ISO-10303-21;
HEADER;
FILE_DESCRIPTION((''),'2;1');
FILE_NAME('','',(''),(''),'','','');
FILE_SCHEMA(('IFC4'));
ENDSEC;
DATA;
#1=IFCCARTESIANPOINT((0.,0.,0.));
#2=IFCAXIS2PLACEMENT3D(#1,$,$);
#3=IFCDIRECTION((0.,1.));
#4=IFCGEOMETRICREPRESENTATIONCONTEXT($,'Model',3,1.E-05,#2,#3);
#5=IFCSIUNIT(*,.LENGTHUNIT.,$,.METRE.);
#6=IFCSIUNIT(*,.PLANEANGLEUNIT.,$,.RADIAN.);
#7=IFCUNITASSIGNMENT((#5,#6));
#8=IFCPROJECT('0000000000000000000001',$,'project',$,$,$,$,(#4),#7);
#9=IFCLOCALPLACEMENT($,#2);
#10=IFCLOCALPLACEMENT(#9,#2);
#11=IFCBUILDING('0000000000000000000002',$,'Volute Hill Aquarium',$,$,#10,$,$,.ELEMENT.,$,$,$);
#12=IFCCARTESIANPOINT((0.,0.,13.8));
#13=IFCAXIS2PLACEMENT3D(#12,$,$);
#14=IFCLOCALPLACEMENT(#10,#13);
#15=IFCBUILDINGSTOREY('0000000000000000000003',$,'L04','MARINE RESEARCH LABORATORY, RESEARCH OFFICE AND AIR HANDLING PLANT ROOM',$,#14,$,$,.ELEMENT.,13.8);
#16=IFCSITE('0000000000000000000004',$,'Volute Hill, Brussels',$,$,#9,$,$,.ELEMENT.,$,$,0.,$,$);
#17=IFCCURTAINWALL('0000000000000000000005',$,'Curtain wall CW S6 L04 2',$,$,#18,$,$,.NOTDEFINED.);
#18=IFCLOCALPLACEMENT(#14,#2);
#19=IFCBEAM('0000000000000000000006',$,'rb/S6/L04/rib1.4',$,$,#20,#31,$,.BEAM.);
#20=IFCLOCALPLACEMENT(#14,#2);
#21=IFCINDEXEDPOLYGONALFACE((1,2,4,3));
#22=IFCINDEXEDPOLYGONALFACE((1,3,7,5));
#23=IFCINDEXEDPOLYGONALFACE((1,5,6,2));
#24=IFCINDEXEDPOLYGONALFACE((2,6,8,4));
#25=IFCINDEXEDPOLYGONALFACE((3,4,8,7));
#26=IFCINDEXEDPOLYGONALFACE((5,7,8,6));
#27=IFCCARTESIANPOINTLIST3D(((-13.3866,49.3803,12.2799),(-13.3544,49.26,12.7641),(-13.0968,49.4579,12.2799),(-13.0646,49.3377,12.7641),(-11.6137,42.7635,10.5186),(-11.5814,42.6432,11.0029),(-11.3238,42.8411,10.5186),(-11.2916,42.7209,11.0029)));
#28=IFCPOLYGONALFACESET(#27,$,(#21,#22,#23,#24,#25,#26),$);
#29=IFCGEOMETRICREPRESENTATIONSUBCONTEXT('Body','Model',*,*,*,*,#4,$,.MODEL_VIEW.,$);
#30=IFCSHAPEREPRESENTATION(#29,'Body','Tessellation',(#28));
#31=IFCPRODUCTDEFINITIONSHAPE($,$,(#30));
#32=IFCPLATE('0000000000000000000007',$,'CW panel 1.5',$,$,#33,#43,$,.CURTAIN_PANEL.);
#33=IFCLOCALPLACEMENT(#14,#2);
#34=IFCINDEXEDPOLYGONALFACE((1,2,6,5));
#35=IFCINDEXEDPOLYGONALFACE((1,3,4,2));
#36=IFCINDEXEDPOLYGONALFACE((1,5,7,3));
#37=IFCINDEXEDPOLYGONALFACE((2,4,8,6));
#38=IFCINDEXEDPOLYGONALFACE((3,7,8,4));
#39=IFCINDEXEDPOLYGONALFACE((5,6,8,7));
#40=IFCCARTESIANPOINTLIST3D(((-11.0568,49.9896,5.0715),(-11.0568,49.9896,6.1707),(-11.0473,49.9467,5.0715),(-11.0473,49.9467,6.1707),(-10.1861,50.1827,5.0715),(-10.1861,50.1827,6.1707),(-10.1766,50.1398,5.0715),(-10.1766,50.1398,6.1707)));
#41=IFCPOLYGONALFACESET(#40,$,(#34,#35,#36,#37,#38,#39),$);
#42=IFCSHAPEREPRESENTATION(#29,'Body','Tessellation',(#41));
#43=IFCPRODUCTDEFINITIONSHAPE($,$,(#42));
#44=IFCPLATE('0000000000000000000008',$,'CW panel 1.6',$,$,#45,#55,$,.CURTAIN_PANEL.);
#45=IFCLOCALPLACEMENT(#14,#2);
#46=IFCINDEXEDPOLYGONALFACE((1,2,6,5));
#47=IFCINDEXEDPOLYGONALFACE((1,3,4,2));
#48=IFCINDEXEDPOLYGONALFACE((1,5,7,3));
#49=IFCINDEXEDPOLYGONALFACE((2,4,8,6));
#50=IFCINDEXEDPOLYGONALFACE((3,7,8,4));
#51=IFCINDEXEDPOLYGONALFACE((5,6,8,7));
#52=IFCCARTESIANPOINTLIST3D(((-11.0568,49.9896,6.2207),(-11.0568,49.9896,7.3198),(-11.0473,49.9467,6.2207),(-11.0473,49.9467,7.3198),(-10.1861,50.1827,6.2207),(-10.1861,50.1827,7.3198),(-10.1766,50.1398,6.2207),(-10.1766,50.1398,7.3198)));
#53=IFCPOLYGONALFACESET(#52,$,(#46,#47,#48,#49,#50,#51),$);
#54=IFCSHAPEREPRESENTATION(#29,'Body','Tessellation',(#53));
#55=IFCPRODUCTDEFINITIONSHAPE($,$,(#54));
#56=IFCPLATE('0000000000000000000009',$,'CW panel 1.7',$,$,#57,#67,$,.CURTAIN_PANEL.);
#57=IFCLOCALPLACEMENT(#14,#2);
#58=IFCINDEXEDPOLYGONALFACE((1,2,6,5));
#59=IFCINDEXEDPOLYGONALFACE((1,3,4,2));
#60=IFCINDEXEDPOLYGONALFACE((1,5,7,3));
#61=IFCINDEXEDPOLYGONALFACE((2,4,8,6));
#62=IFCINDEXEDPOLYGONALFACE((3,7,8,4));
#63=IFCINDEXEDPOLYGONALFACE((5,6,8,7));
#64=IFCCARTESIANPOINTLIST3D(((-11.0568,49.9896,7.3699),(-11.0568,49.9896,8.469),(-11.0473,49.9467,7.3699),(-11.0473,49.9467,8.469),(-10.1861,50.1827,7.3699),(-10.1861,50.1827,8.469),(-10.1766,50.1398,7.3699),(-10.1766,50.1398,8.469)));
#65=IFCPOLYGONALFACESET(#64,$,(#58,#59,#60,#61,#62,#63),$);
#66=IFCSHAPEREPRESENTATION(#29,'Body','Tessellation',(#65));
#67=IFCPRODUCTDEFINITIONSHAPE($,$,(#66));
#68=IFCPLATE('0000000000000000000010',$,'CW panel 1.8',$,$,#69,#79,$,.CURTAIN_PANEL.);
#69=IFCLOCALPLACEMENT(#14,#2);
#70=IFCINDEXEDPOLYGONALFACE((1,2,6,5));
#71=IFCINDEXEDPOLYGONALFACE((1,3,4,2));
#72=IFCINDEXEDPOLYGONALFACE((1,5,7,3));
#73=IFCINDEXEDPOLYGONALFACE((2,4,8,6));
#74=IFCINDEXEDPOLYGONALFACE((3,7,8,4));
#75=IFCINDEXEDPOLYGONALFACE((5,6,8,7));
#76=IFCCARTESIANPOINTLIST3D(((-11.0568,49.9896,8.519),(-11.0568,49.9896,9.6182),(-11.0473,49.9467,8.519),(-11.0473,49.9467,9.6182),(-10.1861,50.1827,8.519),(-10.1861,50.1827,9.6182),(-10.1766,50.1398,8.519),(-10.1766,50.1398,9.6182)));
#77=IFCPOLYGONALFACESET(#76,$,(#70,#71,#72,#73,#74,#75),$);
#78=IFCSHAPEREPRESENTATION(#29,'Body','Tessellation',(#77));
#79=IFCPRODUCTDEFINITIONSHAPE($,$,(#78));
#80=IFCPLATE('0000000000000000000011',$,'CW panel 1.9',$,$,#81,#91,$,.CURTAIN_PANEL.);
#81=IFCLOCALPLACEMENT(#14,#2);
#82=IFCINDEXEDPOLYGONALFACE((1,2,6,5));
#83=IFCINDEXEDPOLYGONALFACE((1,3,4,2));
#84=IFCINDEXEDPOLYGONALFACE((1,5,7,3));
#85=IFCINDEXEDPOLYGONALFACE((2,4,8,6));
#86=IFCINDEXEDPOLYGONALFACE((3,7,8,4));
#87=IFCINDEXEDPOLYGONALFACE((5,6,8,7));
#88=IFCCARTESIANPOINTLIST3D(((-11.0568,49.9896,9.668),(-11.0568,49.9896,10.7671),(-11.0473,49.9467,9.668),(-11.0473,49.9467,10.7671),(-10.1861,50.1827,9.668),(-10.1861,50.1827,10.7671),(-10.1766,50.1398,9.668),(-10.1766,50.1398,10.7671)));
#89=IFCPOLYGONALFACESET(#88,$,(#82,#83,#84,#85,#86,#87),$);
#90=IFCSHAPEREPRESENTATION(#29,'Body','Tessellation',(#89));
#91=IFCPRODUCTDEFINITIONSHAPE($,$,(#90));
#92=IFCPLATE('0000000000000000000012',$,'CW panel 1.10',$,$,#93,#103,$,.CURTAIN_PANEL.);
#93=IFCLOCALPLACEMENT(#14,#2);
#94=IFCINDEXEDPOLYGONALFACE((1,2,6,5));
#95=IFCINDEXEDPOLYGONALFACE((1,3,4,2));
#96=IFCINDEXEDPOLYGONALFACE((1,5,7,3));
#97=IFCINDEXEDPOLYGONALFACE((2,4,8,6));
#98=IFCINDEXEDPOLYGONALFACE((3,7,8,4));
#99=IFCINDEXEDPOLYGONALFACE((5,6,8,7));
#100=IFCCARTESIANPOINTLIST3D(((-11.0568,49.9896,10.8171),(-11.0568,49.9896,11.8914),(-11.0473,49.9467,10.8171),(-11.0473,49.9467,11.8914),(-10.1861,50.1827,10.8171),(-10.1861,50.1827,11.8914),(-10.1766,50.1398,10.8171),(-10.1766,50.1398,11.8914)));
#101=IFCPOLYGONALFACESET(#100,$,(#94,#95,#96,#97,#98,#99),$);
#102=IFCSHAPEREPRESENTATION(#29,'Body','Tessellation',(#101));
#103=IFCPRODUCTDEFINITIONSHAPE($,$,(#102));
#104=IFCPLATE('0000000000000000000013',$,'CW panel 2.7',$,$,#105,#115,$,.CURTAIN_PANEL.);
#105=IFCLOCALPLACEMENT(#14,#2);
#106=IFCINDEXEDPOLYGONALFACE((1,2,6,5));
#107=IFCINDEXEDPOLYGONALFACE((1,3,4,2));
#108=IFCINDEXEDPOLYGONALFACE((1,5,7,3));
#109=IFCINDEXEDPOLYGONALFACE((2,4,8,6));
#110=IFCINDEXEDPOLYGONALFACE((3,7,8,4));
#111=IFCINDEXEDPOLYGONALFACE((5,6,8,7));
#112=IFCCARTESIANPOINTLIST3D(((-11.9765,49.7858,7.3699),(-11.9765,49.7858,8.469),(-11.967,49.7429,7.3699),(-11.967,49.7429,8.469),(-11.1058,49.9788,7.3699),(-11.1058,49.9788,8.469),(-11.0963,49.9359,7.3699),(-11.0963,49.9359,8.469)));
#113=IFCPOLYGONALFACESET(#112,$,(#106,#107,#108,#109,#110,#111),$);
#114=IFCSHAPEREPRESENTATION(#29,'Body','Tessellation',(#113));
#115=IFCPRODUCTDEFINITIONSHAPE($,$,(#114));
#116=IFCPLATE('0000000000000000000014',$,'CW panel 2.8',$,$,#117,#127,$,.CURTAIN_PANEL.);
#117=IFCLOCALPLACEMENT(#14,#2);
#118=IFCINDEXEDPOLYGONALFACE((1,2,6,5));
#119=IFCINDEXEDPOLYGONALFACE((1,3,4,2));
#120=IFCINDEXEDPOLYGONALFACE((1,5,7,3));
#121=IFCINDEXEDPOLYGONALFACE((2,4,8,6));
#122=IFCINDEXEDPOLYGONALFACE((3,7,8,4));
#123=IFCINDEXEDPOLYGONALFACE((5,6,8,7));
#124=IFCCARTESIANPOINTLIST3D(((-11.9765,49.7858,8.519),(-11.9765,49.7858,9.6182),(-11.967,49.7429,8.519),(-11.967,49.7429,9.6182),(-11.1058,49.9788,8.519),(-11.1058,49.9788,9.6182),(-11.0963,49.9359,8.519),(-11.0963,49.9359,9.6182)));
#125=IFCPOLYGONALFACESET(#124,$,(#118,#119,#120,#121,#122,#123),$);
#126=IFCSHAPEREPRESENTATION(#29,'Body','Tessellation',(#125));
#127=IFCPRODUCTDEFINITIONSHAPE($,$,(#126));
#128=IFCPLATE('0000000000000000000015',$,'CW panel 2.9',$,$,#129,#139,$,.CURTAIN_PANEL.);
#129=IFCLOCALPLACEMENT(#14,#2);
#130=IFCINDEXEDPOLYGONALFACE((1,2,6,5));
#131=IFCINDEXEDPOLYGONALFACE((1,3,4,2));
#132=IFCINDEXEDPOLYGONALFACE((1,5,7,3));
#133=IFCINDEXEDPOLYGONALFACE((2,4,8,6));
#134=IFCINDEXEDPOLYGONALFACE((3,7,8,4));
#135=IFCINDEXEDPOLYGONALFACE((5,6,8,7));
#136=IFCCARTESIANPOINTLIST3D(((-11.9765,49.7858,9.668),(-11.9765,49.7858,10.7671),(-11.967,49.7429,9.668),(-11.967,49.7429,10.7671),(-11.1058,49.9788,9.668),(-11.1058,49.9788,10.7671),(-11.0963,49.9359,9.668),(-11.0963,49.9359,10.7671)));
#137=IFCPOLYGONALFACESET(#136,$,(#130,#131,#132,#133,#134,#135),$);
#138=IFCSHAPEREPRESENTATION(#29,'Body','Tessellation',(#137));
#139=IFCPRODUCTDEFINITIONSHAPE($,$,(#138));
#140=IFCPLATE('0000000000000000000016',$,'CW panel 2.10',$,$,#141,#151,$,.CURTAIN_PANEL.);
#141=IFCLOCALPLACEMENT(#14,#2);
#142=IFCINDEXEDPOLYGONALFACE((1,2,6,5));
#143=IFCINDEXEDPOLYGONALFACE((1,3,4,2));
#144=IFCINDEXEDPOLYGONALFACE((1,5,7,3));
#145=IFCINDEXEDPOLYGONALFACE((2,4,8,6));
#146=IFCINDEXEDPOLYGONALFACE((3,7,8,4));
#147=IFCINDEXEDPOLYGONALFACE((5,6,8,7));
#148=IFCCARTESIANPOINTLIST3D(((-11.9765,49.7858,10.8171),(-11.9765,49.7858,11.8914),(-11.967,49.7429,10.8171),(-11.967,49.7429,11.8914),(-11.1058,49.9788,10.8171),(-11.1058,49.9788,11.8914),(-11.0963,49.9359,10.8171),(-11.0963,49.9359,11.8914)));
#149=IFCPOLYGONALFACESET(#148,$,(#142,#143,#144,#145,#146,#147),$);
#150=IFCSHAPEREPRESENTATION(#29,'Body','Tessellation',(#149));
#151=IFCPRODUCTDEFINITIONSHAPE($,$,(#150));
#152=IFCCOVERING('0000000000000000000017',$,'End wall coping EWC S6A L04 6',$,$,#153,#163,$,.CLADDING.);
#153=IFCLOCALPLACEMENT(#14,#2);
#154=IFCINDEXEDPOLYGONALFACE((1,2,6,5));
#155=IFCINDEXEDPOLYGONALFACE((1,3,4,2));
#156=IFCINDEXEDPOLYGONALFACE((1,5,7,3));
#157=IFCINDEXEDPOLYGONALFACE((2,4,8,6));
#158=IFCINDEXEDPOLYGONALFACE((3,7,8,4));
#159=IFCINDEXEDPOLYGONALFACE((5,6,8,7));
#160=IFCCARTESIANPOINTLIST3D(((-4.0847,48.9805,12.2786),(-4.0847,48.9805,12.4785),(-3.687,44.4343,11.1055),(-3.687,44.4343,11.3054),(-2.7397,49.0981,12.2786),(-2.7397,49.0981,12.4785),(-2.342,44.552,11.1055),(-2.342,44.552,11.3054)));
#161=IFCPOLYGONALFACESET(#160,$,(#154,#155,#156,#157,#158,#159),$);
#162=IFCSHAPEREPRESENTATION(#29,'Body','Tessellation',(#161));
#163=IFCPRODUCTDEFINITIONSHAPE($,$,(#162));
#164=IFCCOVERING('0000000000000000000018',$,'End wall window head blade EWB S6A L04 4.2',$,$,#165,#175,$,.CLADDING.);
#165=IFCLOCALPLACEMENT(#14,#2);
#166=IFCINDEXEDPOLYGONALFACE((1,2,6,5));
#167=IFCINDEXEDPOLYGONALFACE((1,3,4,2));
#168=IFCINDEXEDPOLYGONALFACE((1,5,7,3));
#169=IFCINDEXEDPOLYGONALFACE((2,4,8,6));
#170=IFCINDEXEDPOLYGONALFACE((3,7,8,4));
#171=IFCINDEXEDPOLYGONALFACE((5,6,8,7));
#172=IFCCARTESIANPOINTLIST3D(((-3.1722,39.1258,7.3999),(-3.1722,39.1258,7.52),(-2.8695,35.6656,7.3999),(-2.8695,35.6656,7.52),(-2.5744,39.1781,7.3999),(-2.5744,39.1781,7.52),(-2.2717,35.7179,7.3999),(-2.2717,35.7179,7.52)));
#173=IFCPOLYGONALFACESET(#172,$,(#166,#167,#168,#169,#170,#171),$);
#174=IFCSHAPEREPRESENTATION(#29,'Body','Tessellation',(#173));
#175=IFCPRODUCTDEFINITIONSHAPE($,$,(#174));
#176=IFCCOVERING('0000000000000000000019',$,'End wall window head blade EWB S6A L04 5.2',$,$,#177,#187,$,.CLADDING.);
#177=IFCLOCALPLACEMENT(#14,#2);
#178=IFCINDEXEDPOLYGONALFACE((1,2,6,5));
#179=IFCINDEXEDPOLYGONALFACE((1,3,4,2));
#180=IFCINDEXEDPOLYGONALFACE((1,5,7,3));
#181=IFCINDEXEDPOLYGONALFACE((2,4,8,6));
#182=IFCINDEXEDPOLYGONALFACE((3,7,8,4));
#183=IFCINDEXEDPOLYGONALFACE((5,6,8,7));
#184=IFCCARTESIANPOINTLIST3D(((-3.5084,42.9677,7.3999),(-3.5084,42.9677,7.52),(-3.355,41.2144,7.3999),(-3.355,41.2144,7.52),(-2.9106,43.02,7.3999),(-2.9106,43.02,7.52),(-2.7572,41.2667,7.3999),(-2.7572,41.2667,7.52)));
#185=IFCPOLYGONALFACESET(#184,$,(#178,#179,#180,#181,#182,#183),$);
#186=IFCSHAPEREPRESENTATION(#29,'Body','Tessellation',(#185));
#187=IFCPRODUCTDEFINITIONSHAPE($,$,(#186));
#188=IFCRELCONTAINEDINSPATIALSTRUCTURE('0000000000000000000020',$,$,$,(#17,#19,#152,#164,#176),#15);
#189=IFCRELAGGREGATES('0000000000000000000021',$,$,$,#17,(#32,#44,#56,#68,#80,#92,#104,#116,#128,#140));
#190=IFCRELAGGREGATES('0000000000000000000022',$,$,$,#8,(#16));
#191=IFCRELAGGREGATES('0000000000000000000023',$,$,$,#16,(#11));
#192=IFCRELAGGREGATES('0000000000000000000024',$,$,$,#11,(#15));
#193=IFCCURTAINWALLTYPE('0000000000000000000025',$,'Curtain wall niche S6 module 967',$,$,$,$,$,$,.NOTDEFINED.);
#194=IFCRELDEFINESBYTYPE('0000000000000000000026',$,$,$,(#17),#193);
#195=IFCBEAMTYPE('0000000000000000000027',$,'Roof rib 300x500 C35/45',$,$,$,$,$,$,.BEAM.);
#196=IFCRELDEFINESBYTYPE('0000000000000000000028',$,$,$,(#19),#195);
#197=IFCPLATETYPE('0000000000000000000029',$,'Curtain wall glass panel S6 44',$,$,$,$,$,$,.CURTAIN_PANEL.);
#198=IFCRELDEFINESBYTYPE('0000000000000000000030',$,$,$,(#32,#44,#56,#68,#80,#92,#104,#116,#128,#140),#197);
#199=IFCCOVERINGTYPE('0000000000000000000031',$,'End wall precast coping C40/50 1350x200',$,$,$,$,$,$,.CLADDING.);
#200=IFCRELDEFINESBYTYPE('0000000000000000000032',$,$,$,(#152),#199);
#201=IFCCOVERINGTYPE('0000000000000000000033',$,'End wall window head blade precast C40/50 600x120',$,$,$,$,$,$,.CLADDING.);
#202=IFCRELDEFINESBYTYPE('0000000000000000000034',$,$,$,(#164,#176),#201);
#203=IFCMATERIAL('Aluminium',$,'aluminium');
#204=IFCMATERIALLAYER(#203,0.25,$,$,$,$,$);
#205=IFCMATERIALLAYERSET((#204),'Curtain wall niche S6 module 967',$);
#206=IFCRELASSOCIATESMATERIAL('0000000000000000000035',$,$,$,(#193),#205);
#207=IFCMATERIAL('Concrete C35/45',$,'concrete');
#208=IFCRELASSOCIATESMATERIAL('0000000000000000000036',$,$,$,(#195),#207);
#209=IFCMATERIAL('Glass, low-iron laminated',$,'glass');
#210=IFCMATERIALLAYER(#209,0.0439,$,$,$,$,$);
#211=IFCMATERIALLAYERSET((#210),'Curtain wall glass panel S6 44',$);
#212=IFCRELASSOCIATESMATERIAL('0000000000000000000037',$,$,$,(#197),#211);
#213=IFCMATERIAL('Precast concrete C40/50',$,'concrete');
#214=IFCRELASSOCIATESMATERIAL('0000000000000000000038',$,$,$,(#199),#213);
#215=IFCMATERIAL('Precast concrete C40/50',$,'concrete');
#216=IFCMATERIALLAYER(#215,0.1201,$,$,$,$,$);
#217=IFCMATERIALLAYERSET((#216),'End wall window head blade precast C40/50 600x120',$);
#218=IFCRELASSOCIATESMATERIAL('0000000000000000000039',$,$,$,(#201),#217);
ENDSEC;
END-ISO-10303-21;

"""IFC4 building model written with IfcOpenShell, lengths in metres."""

from ifc_helpers import new_model, si_unit, direction, frame, origin, origin_2d, place, context, subcontext, project, spatial, polyline, rectangle, outline, extrude, material, layer, layer_set, material_profile, profile_set, type_object, element, aggregate, save


model = new_model("IFC4")

# Units and contexts
model_context = context("Model", 3, precision=1e-05, world=origin(), true_north=direction((0.0, 1.0)))
body_context = subcontext(model_context, "Body", "Model", "MODEL_VIEW")
ifc_project = project(units=[si_unit("LENGTHUNIT", "METRE"), si_unit("PLANEANGLEUNIT", "RADIAN")], contexts=[model_context])

# Site, building, storey
site_placement = place(None, origin())
site = spatial("IfcSite", under=ifc_project, at=site_placement, Name="Volute Hill, Brussels", CompositionType="ELEMENT", RefElevation=0.0)
building_placement = place(site_placement, origin())
building = spatial("IfcBuilding", under=site, at=building_placement, Name="Volute Hill Aquarium", CompositionType="ELEMENT")
storey_placement = place(building_placement, frame((0.0, 0.0, 13.8)))
storey = spatial("IfcBuildingStorey", under=building, at=storey_placement, Name="L04", Description="MARINE RESEARCH LABORATORY, RESEARCH OFFICE AND AIR HANDLING PLANT ROOM", CompositionType="ELEMENT", Elevation=13.8)

# Curtain wall
ifc_material_1 = material(Name="Aluminium", Category="aluminium")
ifc_layer_1 = layer(ifc_material_1, 0.25)
ifc_layer_set_1 = layer_set([ifc_layer_1], Name="Curtain wall niche S6 module 967")
curtain_wall_type = type_object("IfcCurtainWallType", Name="Curtain wall niche S6 module 967", PredefinedType="NOTDEFINED", material=ifc_layer_set_1)
curtain_wall_placement = place(storey_placement, origin())
curtain_wall = element("IfcCurtainWall", 1, at=curtain_wall_placement, inside=storey, type_object=curtain_wall_type, Name="Curtain wall CW S6 L04 2", PredefinedType="NOTDEFINED")

# Beam
ifc_material_2 = material(Name="Concrete C35/45", Category="concrete")
ifc_material_profile_1 = material_profile(ifc_material_2, rectangle(XDim=0.3, YDim=0.5, at=origin_2d()), Name="RC rib 300x500")
ifc_profile_set_1 = profile_set([ifc_material_profile_1], Name="Concrete C35/45")
beam_type_1 = type_object("IfcBeamType", Name="Roof rib 300x500 C35/45", PredefinedType="BEAM", material=ifc_profile_set_1)
beam_1_placement = place(storey_placement, frame((-11.4526, 42.7422, 10.7607), z_axis=(-0.250668, 0.935499, 0.249011), x_axis=(-0.965925, -0.25882, 0.0)))
element("IfcBeam", 2, at=beam_1_placement, inside=storey, type_object=beam_type_1, Name="rb/S6/L04/rib1.4", PredefinedType="BEAM", context=body_context, shape_type="SweptSolid", body=[
    extrude(rectangle(XDim=0.3, YDim=0.5, at=origin_2d()), origin(), (0.0, 0.0, 1.0), 7.073),
])

# Plates
ifc_material_3 = material(Name="Glass, low-iron laminated", Category="glass")
ifc_layer_2 = layer(ifc_material_3, 0.0439)
ifc_layer_set_2 = layer_set([ifc_layer_2], Name="Curtain wall glass panel S6 44")
plate_type = type_object("IfcPlateType", Name="Curtain wall glass panel S6 44", PredefinedType="CURTAIN_PANEL", material=ifc_layer_set_2)
plate_1_placement = place(storey_placement, frame((-10.6167, 50.0647, 5.0715), z_axis=(0.0, 0.0, 1.0), x_axis=(-0.976298, -0.216429, 0.0)))
plate_1 = element("IfcPlate", 3, at=plate_1_placement, type_object=plate_type, Name="CW panel 1.5", PredefinedType="CURTAIN_PANEL", context=body_context, shape_type="SweptSolid", body=[
    extrude(rectangle(XDim=0.8918, YDim=0.0439, at=origin_2d()), origin(), (0.0, 0.0, 1.0), 1.0991),
])
plate_2_placement = place(storey_placement, frame((-10.6167, 50.0647, 6.2207), z_axis=(0.0, 0.0, 1.0), x_axis=(-0.976298, -0.216429, 0.0)))
plate_2 = element("IfcPlate", 4, at=plate_2_placement, type_object=plate_type, Name="CW panel 1.6", PredefinedType="CURTAIN_PANEL", context=body_context, shape_type="SweptSolid", body=[
    extrude(rectangle(XDim=0.8918, YDim=0.0439, at=origin_2d()), origin(), (0.0, 0.0, 1.0), 1.0991),
])
plate_3_placement = place(storey_placement, frame((-10.6167, 50.0647, 7.3699), z_axis=(0.0, 0.0, 1.0), x_axis=(-0.976298, -0.216429, 0.0)))
plate_3 = element("IfcPlate", 5, at=plate_3_placement, type_object=plate_type, Name="CW panel 1.7", PredefinedType="CURTAIN_PANEL", context=body_context, shape_type="SweptSolid", body=[
    extrude(rectangle(XDim=0.8918, YDim=0.0439, at=origin_2d()), origin(), (0.0, 0.0, 1.0), 1.0991),
])
plate_4_placement = place(storey_placement, frame((-10.6167, 50.0647, 8.519), z_axis=(0.0, 0.0, 1.0), x_axis=(-0.976298, -0.216429, 0.0)))
plate_4 = element("IfcPlate", 6, at=plate_4_placement, type_object=plate_type, Name="CW panel 1.8", PredefinedType="CURTAIN_PANEL", context=body_context, shape_type="SweptSolid", body=[
    extrude(rectangle(XDim=0.8918, YDim=0.0439, at=origin_2d()), origin(), (0.0, 0.0, 1.0), 1.0991),
])
plate_5_placement = place(storey_placement, frame((-10.6167, 50.0647, 9.668), z_axis=(0.0, 0.0, 1.0), x_axis=(-0.976298, -0.216429, 0.0)))
plate_5 = element("IfcPlate", 7, at=plate_5_placement, type_object=plate_type, Name="CW panel 1.9", PredefinedType="CURTAIN_PANEL", context=body_context, shape_type="SweptSolid", body=[
    extrude(rectangle(XDim=0.8918, YDim=0.0439, at=origin_2d()), origin(), (0.0, 0.0, 1.0), 1.0991),
])
plate_6_placement = place(storey_placement, frame((-10.6167, 50.0647, 10.8171), z_axis=(0.0, 0.0, 1.0), x_axis=(-0.976298, -0.216429, 0.0)))
plate_6 = element("IfcPlate", 8, at=plate_6_placement, type_object=plate_type, Name="CW panel 1.10", PredefinedType="CURTAIN_PANEL", context=body_context, shape_type="SweptSolid", body=[
    extrude(rectangle(XDim=0.8918, YDim=0.0439, at=origin_2d()), origin(), (0.0, 0.0, 1.0), 1.0742),
])
plate_7_placement = place(storey_placement, frame((-11.5364, 49.8608, 7.3699), z_axis=(0.0, 0.0, 1.0), x_axis=(-0.976298, -0.216429, 0.0)))
plate_7 = element("IfcPlate", 9, at=plate_7_placement, type_object=plate_type, Name="CW panel 2.7", PredefinedType="CURTAIN_PANEL", context=body_context, shape_type="SweptSolid", body=[
    extrude(rectangle(XDim=0.8918, YDim=0.0439, at=origin_2d()), origin(), (0.0, 0.0, 1.0), 1.0991),
])
plate_8_placement = place(storey_placement, frame((-11.5364, 49.8608, 8.519), z_axis=(0.0, 0.0, 1.0), x_axis=(-0.976298, -0.216429, 0.0)))
plate_8 = element("IfcPlate", 10, at=plate_8_placement, type_object=plate_type, Name="CW panel 2.8", PredefinedType="CURTAIN_PANEL", context=body_context, shape_type="SweptSolid", body=[
    extrude(rectangle(XDim=0.8918, YDim=0.0439, at=origin_2d()), origin(), (0.0, 0.0, 1.0), 1.0991),
])
plate_9_placement = place(storey_placement, frame((-11.5364, 49.8608, 9.668), z_axis=(0.0, 0.0, 1.0), x_axis=(-0.976298, -0.216429, 0.0)))
plate_9 = element("IfcPlate", 11, at=plate_9_placement, type_object=plate_type, Name="CW panel 2.9", PredefinedType="CURTAIN_PANEL", context=body_context, shape_type="SweptSolid", body=[
    extrude(rectangle(XDim=0.8918, YDim=0.0439, at=origin_2d()), origin(), (0.0, 0.0, 1.0), 1.0991),
])
plate_10_placement = place(storey_placement, frame((-11.5364, 49.8608, 10.8171), z_axis=(0.0, 0.0, 1.0), x_axis=(-0.976298, -0.216429, 0.0)))
plate_10 = element("IfcPlate", 12, at=plate_10_placement, type_object=plate_type, Name="CW panel 2.10", PredefinedType="CURTAIN_PANEL", context=body_context, shape_type="SweptSolid", body=[
    extrude(rectangle(XDim=0.8918, YDim=0.0439, at=origin_2d()), origin(), (0.0, 0.0, 1.0), 1.0742),
])
aggregate(curtain_wall, [plate_1, plate_2, plate_3, plate_4, plate_5, plate_6, plate_7, plate_8, plate_9, plate_10])

# Coverings
ifc_material_4 = material(Name="Precast concrete C40/50", Category="concrete")
covering_type_1 = type_object("IfcCoveringType", Name="End wall precast coping C40/50 1350x200", PredefinedType="CLADDING", material=ifc_material_4)
covering_1_placement = place(storey_placement, frame((-2.342, 44.552, 11.1055), z_axis=(0.996195, 0.087149, 0.0), x_axis=(-0.084405, 0.964827, 0.248966)))
element("IfcCovering", 13, at=covering_1_placement, inside=storey, type_object=covering_type_1, Name="End wall coping EWC S6A L04 6", PredefinedType="CLADDING", context=body_context, shape_type="SweptSolid", body=[
    extrude(outline(polyline([(0.0, 0.0), (4.7119, 0.0), (4.7617, 0.1937), (0.0498, 0.1937), (0.0, 0.0)])), origin(), (0.0, 0.0, -1.0), 1.3501),
])
ifc_material_5 = material(Name="Precast concrete C40/50", Category="concrete")
ifc_layer_3 = layer(ifc_material_5, 0.1201)
ifc_layer_set_3 = layer_set([ifc_layer_3], Name="End wall window head blade precast C40/50 600x120")
covering_type_2 = type_object("IfcCoveringType", Name="End wall window head blade precast C40/50 600x120", PredefinedType="CLADDING", material=ifc_layer_set_3)
covering_2_placement = place(storey_placement, frame((-2.7219, 37.4219, 7.3999), z_axis=(0.0, 0.0, 1.0), x_axis=(-0.087155, 0.996195, 0.0)))
element("IfcCovering", 14, at=covering_2_placement, inside=storey, type_object=covering_type_2, Name="End wall window head blade EWB S6A L04 4.2", PredefinedType="CLADDING", context=body_context, shape_type="SweptSolid", body=[
    extrude(rectangle(XDim=3.4734, YDim=0.6001, at=origin_2d()), origin(), (0.0, 0.0, 1.0), 0.1201),
])
covering_3_placement = place(storey_placement, frame((-3.1328, 42.1172, 7.3999), z_axis=(0.0, 0.0, 1.0), x_axis=(-0.087155, 0.996195, 0.0)))
element("IfcCovering", 15, at=covering_3_placement, inside=storey, type_object=covering_type_2, Name="End wall window head blade EWB S6A L04 5.2", PredefinedType="CLADDING", context=body_context, shape_type="SweptSolid", body=[
    extrude(rectangle(XDim=1.76, YDim=0.6001, at=origin_2d()), origin(), (0.0, 0.0, 1.0), 0.1201),
])

save(model, "model.ifc")
